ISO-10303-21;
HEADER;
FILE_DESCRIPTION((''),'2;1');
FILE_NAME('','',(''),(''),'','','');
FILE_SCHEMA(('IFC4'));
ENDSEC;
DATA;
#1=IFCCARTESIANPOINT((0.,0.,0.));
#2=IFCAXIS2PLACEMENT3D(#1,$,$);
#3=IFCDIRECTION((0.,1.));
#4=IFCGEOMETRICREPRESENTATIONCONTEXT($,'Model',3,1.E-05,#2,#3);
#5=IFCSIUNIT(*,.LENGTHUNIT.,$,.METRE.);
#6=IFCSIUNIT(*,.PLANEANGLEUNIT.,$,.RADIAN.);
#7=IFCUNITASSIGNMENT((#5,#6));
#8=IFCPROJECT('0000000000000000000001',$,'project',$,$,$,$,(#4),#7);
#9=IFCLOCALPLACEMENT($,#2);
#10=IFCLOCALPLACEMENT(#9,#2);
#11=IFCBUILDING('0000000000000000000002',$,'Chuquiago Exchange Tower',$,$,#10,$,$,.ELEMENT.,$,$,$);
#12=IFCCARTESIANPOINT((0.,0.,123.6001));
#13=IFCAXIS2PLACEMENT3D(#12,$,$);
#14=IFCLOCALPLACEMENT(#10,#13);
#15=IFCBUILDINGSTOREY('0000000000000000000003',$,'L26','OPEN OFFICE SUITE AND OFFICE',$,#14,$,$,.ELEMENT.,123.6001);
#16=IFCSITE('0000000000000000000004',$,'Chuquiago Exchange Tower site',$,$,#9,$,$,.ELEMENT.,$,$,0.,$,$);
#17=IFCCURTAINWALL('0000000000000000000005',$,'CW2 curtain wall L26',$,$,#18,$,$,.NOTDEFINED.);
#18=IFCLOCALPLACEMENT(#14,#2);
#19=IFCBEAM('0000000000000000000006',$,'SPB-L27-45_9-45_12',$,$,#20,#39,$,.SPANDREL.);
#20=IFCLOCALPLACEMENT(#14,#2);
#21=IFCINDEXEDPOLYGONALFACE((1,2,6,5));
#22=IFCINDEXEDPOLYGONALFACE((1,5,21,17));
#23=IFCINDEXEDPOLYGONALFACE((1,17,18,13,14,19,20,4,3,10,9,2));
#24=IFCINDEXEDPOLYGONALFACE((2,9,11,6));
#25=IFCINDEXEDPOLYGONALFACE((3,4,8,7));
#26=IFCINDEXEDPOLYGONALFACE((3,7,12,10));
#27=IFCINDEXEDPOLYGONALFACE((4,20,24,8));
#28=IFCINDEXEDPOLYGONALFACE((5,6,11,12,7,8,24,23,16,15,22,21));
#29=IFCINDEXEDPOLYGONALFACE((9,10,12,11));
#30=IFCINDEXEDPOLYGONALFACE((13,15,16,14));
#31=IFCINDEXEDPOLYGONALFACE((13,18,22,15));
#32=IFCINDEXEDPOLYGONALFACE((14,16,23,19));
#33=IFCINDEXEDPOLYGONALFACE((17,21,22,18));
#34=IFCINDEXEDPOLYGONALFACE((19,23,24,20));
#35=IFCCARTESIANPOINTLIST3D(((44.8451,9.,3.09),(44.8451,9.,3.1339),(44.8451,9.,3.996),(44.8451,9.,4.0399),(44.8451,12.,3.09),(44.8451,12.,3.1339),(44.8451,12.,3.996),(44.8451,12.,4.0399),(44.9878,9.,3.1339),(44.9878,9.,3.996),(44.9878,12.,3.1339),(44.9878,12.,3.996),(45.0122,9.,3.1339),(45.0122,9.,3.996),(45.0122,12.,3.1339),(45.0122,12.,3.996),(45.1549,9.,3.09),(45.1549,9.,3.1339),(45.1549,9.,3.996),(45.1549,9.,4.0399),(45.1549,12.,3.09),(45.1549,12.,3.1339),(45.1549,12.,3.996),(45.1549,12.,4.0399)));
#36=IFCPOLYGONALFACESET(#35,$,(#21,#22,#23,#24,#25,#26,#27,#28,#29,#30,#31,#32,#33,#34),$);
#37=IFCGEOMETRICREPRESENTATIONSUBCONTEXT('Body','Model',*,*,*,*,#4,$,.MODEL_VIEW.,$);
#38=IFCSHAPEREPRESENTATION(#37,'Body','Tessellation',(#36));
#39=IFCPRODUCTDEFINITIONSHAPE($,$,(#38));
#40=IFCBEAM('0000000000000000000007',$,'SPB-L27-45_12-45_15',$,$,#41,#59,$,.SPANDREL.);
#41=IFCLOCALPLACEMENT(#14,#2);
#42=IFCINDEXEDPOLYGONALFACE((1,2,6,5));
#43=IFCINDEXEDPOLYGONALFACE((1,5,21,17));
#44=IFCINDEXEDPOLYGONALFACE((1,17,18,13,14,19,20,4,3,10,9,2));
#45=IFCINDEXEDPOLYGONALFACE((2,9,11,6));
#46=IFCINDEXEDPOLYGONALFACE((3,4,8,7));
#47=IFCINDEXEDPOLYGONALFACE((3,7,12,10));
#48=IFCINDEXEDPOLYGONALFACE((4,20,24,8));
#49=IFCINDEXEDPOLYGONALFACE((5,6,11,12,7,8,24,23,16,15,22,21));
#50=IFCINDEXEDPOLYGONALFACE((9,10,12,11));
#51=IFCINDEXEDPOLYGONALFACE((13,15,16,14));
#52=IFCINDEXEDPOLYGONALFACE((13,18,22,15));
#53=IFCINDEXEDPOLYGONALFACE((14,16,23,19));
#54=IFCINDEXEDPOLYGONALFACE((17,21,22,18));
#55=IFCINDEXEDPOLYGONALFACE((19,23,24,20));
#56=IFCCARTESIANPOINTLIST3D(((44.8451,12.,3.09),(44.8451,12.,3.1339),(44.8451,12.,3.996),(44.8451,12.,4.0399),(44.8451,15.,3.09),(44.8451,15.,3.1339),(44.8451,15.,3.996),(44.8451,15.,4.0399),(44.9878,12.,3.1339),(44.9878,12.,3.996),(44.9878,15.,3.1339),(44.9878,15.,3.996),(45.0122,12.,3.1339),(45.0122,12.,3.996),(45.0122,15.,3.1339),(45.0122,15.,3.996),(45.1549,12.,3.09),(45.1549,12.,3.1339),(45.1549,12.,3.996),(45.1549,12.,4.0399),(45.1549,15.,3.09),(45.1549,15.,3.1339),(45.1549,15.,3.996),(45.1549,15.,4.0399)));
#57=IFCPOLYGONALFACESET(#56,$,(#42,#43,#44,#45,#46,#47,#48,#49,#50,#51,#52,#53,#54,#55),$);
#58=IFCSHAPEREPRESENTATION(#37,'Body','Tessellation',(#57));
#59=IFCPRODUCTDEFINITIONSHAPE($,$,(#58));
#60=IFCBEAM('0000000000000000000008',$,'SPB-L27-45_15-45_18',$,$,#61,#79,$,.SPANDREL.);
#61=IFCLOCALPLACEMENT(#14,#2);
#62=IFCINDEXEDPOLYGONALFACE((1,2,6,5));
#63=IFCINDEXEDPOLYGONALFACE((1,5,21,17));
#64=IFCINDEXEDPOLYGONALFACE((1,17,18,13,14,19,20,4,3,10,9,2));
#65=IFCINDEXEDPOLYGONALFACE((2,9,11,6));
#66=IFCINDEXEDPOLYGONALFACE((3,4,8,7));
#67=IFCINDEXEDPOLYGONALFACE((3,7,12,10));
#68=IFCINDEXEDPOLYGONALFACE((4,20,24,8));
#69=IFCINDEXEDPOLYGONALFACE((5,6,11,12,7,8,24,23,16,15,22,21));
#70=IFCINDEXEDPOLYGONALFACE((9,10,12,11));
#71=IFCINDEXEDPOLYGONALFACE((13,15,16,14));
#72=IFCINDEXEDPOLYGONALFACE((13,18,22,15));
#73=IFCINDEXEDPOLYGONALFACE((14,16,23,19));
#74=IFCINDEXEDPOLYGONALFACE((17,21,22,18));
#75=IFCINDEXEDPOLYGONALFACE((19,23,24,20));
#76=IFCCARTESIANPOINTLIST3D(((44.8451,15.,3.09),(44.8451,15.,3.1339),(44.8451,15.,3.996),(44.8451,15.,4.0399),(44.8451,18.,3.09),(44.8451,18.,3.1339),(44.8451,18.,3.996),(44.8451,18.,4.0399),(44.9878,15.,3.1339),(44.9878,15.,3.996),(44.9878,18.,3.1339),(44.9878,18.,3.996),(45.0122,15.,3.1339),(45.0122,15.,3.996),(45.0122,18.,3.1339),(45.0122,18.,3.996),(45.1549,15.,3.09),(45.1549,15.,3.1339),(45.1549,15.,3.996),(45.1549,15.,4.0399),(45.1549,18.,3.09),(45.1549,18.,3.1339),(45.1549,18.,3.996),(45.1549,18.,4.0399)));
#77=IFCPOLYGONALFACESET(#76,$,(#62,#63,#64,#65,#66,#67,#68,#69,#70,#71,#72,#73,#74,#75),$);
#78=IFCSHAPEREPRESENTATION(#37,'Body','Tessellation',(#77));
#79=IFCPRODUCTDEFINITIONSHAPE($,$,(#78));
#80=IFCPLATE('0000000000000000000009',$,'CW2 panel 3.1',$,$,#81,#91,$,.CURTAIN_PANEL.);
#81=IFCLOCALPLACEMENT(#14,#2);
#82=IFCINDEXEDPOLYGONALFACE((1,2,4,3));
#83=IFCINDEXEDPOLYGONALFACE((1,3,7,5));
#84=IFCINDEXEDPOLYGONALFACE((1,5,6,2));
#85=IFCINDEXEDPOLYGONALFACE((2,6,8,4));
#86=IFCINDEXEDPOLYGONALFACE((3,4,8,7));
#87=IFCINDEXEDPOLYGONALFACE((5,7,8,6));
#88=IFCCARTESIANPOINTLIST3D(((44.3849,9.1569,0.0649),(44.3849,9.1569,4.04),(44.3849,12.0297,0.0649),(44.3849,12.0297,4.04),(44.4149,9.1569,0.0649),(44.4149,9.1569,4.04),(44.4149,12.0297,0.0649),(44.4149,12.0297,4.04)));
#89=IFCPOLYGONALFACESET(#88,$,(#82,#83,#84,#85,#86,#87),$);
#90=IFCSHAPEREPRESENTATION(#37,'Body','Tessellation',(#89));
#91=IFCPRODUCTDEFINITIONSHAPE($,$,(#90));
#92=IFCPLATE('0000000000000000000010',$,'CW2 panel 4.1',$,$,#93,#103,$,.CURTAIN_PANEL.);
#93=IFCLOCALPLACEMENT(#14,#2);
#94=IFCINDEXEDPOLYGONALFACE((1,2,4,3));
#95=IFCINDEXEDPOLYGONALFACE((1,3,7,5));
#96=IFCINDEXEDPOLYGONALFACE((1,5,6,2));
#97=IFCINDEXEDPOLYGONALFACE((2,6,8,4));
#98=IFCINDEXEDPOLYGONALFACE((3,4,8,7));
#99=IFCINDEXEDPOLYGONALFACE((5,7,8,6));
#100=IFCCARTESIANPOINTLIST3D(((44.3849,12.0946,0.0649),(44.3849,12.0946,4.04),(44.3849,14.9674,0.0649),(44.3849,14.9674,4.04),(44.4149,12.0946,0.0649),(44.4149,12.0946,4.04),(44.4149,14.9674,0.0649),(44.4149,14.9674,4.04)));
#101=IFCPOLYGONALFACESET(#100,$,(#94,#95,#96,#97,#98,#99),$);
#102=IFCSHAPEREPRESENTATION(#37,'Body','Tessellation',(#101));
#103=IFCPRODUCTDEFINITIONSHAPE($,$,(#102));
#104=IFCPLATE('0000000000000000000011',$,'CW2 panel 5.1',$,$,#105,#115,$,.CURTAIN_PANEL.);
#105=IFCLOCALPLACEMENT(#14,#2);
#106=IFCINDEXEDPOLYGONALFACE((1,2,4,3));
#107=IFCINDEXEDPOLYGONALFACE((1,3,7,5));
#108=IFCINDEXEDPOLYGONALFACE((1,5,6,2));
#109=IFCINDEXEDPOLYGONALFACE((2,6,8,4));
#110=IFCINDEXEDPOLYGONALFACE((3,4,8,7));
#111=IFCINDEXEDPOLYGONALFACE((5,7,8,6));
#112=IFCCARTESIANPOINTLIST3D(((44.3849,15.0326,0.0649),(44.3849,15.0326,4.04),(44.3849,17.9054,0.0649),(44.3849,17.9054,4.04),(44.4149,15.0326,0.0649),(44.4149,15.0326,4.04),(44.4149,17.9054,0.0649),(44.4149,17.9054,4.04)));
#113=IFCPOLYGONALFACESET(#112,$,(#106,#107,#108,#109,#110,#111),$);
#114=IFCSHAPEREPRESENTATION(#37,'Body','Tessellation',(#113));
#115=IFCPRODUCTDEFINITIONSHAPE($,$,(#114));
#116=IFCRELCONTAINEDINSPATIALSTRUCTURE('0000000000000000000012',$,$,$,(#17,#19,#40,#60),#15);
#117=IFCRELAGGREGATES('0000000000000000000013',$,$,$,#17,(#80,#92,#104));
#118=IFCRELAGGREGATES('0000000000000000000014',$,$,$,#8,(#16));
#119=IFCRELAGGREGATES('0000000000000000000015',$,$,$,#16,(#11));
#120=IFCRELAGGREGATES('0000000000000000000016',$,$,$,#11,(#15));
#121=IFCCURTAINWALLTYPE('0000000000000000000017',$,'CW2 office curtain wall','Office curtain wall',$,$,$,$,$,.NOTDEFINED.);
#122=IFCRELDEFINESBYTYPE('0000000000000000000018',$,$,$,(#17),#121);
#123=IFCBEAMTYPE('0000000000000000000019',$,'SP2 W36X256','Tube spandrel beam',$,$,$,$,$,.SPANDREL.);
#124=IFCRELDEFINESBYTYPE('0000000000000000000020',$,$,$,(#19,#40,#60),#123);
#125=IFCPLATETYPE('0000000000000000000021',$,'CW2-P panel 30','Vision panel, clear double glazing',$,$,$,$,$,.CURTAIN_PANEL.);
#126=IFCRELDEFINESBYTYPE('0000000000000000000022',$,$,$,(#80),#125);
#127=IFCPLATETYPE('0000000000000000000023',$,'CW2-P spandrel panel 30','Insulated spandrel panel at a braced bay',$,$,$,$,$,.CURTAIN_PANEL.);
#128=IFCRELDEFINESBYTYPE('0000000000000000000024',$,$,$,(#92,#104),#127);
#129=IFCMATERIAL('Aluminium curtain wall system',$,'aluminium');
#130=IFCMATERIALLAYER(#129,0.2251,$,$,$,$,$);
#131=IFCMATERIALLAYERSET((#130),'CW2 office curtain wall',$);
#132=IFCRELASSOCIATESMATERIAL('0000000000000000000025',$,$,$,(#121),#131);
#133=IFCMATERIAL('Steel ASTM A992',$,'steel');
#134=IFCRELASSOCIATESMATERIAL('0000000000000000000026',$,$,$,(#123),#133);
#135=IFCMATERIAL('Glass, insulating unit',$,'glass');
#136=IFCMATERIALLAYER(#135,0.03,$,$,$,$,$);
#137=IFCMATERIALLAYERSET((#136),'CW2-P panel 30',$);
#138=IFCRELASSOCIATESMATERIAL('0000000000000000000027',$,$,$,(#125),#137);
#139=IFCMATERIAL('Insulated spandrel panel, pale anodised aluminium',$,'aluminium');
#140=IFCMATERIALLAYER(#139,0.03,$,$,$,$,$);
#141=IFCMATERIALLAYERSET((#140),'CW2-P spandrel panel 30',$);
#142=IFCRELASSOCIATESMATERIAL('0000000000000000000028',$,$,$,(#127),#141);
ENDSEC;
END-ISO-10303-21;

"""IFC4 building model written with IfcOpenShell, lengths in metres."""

from ifc_helpers import new_model, si_unit, direction, frame, origin, origin_2d, place, context, subcontext, project, spatial, rectangle, i_section, extrude, material, layer, layer_set, material_profile, profile_set, type_object, element, aggregate, save


model = new_model("IFC4")

# Units and contexts
model_context = context("Model", 3, precision=1e-05, world=origin(), true_north=direction((0.0, 1.0)))
body_context = subcontext(model_context, "Body", "Model", "MODEL_VIEW")
ifc_project = project(units=[si_unit("LENGTHUNIT", "METRE"), si_unit("PLANEANGLEUNIT", "RADIAN")], contexts=[model_context])

# Site, building, storey
site_placement = place(None, origin())
site = spatial("IfcSite", under=ifc_project, at=site_placement, Name="Chuquiago Exchange Tower site", CompositionType="ELEMENT", RefElevation=0.0)
building_placement = place(site_placement, origin())
building = spatial("IfcBuilding", under=site, at=building_placement, Name="Chuquiago Exchange Tower", CompositionType="ELEMENT")
storey_placement = place(building_placement, frame((0.0, 0.0, 123.6001)))
storey = spatial("IfcBuildingStorey", under=building, at=storey_placement, Name="L26", Description="OPEN OFFICE SUITE AND OFFICE", CompositionType="ELEMENT", Elevation=123.6001)

# Curtain wall
ifc_material_1 = material(Name="Aluminium curtain wall system", Category="aluminium")
ifc_layer_1 = layer(ifc_material_1, 0.2251)
ifc_layer_set_1 = layer_set([ifc_layer_1], Name="CW2 office curtain wall")
curtain_wall_type = type_object("IfcCurtainWallType", Name="CW2 office curtain wall", Description="Office curtain wall", PredefinedType="NOTDEFINED", material=ifc_layer_set_1)
curtain_wall_placement = place(storey_placement, origin())
curtain_wall = element("IfcCurtainWall", 1, at=curtain_wall_placement, inside=storey, type_object=curtain_wall_type, Name="CW2 curtain wall L26", PredefinedType="NOTDEFINED")

# Beams
ifc_material_2 = material(Name="Steel ASTM A992", Category="steel")
ifc_material_profile_1 = material_profile(ifc_material_2, i_section(OverallWidth=0.3098, OverallDepth=0.95, WebThickness=0.0244, FlangeThickness=0.0439, at=origin_2d()), Name="W36X256")
ifc_profile_set_1 = profile_set([ifc_material_profile_1], Name="Steel ASTM A992")
beam_type = type_object("IfcBeamType", Name="SP2 W36X256", Description="Tube spandrel beam", PredefinedType="SPANDREL", material=ifc_profile_set_1)
for number, where, z_axis, x_axis, name in (
    (2, (45.0, 9.0, 3.5649), (0.0, 1.0, 0.0), (-1.0, 0.0, 0.0), "SPB-L27-45_9-45_12"),
    (3, (45.0, 12.0, 3.5649), (0.0, 1.0, 0.0), (-1.0, 0.0, 0.0), "SPB-L27-45_12-45_15"),
    (4, (45.0, 15.0, 3.5649), (0.0, 1.0, 0.0), (-1.0, 0.0, 0.0), "SPB-L27-45_15-45_18"),
):
    element("IfcBeam", number, at=place(storey_placement, frame(where, z_axis=z_axis, x_axis=x_axis)), inside=storey, type_object=beam_type, Name=name, PredefinedType="SPANDREL", context=body_context, shape_type="SweptSolid", body=[
        extrude(i_section(OverallWidth=0.3098, OverallDepth=0.95, WebThickness=0.0244, FlangeThickness=0.0439, at=origin_2d()), origin(), (0.0, 0.0, 1.0), 3.0),
    ])

# Plates
ifc_material_3 = material(Name="Glass, insulating unit", Category="glass")
ifc_layer_2 = layer(ifc_material_3, 0.03)
ifc_layer_set_2 = layer_set([ifc_layer_2], Name="CW2-P panel 30")
plate_type_1 = type_object("IfcPlateType", Name="CW2-P panel 30", Description="Vision panel, clear double glazing", PredefinedType="CURTAIN_PANEL", material=ifc_layer_set_2)
plate_1_placement = place(storey_placement, frame((44.3999, 10.5933, 0.0649), z_axis=(0.0, 0.0, 1.0), x_axis=(0.0, 1.0, 0.0)))
plate_1 = element("IfcPlate", 5, at=plate_1_placement, type_object=plate_type_1, Name="CW2 panel 3.1", PredefinedType="CURTAIN_PANEL", context=body_context, shape_type="SweptSolid", body=[
    extrude(rectangle(XDim=2.8728, YDim=0.03, at=origin_2d()), origin(), (0.0, 0.0, 1.0), 3.9751),
])
ifc_material_4 = material(Name="Insulated spandrel panel, pale anodised aluminium", Category="aluminium")
ifc_layer_3 = layer(ifc_material_4, 0.03)
ifc_layer_set_3 = layer_set([ifc_layer_3], Name="CW2-P spandrel panel 30")
plate_type_2 = type_object("IfcPlateType", Name="CW2-P spandrel panel 30", Description="Insulated spandrel panel at a braced bay", PredefinedType="CURTAIN_PANEL", material=ifc_layer_set_3)
plate_2_placement = place(storey_placement, frame((44.3999, 13.531, 0.0649), z_axis=(0.0, 0.0, 1.0), x_axis=(0.0, 1.0, 0.0)))
plate_2 = element("IfcPlate", 6, at=plate_2_placement, type_object=plate_type_2, Name="CW2 panel 4.1", PredefinedType="CURTAIN_PANEL", context=body_context, shape_type="SweptSolid", body=[
    extrude(rectangle(XDim=2.8728, YDim=0.03, at=origin_2d()), origin(), (0.0, 0.0, 1.0), 3.9751),
])
plate_3_placement = place(storey_placement, frame((44.3999, 16.469, 0.0649), z_axis=(0.0, 0.0, 1.0), x_axis=(0.0, 1.0, 0.0)))
plate_3 = element("IfcPlate", 7, at=plate_3_placement, type_object=plate_type_2, Name="CW2 panel 5.1", PredefinedType="CURTAIN_PANEL", context=body_context, shape_type="SweptSolid", body=[
    extrude(rectangle(XDim=2.8728, YDim=0.03, at=origin_2d()), origin(), (0.0, 0.0, 1.0), 3.9751),
])
aggregate(curtain_wall, [plate_1, plate_2, plate_3])

save(model, "model.ifc")
